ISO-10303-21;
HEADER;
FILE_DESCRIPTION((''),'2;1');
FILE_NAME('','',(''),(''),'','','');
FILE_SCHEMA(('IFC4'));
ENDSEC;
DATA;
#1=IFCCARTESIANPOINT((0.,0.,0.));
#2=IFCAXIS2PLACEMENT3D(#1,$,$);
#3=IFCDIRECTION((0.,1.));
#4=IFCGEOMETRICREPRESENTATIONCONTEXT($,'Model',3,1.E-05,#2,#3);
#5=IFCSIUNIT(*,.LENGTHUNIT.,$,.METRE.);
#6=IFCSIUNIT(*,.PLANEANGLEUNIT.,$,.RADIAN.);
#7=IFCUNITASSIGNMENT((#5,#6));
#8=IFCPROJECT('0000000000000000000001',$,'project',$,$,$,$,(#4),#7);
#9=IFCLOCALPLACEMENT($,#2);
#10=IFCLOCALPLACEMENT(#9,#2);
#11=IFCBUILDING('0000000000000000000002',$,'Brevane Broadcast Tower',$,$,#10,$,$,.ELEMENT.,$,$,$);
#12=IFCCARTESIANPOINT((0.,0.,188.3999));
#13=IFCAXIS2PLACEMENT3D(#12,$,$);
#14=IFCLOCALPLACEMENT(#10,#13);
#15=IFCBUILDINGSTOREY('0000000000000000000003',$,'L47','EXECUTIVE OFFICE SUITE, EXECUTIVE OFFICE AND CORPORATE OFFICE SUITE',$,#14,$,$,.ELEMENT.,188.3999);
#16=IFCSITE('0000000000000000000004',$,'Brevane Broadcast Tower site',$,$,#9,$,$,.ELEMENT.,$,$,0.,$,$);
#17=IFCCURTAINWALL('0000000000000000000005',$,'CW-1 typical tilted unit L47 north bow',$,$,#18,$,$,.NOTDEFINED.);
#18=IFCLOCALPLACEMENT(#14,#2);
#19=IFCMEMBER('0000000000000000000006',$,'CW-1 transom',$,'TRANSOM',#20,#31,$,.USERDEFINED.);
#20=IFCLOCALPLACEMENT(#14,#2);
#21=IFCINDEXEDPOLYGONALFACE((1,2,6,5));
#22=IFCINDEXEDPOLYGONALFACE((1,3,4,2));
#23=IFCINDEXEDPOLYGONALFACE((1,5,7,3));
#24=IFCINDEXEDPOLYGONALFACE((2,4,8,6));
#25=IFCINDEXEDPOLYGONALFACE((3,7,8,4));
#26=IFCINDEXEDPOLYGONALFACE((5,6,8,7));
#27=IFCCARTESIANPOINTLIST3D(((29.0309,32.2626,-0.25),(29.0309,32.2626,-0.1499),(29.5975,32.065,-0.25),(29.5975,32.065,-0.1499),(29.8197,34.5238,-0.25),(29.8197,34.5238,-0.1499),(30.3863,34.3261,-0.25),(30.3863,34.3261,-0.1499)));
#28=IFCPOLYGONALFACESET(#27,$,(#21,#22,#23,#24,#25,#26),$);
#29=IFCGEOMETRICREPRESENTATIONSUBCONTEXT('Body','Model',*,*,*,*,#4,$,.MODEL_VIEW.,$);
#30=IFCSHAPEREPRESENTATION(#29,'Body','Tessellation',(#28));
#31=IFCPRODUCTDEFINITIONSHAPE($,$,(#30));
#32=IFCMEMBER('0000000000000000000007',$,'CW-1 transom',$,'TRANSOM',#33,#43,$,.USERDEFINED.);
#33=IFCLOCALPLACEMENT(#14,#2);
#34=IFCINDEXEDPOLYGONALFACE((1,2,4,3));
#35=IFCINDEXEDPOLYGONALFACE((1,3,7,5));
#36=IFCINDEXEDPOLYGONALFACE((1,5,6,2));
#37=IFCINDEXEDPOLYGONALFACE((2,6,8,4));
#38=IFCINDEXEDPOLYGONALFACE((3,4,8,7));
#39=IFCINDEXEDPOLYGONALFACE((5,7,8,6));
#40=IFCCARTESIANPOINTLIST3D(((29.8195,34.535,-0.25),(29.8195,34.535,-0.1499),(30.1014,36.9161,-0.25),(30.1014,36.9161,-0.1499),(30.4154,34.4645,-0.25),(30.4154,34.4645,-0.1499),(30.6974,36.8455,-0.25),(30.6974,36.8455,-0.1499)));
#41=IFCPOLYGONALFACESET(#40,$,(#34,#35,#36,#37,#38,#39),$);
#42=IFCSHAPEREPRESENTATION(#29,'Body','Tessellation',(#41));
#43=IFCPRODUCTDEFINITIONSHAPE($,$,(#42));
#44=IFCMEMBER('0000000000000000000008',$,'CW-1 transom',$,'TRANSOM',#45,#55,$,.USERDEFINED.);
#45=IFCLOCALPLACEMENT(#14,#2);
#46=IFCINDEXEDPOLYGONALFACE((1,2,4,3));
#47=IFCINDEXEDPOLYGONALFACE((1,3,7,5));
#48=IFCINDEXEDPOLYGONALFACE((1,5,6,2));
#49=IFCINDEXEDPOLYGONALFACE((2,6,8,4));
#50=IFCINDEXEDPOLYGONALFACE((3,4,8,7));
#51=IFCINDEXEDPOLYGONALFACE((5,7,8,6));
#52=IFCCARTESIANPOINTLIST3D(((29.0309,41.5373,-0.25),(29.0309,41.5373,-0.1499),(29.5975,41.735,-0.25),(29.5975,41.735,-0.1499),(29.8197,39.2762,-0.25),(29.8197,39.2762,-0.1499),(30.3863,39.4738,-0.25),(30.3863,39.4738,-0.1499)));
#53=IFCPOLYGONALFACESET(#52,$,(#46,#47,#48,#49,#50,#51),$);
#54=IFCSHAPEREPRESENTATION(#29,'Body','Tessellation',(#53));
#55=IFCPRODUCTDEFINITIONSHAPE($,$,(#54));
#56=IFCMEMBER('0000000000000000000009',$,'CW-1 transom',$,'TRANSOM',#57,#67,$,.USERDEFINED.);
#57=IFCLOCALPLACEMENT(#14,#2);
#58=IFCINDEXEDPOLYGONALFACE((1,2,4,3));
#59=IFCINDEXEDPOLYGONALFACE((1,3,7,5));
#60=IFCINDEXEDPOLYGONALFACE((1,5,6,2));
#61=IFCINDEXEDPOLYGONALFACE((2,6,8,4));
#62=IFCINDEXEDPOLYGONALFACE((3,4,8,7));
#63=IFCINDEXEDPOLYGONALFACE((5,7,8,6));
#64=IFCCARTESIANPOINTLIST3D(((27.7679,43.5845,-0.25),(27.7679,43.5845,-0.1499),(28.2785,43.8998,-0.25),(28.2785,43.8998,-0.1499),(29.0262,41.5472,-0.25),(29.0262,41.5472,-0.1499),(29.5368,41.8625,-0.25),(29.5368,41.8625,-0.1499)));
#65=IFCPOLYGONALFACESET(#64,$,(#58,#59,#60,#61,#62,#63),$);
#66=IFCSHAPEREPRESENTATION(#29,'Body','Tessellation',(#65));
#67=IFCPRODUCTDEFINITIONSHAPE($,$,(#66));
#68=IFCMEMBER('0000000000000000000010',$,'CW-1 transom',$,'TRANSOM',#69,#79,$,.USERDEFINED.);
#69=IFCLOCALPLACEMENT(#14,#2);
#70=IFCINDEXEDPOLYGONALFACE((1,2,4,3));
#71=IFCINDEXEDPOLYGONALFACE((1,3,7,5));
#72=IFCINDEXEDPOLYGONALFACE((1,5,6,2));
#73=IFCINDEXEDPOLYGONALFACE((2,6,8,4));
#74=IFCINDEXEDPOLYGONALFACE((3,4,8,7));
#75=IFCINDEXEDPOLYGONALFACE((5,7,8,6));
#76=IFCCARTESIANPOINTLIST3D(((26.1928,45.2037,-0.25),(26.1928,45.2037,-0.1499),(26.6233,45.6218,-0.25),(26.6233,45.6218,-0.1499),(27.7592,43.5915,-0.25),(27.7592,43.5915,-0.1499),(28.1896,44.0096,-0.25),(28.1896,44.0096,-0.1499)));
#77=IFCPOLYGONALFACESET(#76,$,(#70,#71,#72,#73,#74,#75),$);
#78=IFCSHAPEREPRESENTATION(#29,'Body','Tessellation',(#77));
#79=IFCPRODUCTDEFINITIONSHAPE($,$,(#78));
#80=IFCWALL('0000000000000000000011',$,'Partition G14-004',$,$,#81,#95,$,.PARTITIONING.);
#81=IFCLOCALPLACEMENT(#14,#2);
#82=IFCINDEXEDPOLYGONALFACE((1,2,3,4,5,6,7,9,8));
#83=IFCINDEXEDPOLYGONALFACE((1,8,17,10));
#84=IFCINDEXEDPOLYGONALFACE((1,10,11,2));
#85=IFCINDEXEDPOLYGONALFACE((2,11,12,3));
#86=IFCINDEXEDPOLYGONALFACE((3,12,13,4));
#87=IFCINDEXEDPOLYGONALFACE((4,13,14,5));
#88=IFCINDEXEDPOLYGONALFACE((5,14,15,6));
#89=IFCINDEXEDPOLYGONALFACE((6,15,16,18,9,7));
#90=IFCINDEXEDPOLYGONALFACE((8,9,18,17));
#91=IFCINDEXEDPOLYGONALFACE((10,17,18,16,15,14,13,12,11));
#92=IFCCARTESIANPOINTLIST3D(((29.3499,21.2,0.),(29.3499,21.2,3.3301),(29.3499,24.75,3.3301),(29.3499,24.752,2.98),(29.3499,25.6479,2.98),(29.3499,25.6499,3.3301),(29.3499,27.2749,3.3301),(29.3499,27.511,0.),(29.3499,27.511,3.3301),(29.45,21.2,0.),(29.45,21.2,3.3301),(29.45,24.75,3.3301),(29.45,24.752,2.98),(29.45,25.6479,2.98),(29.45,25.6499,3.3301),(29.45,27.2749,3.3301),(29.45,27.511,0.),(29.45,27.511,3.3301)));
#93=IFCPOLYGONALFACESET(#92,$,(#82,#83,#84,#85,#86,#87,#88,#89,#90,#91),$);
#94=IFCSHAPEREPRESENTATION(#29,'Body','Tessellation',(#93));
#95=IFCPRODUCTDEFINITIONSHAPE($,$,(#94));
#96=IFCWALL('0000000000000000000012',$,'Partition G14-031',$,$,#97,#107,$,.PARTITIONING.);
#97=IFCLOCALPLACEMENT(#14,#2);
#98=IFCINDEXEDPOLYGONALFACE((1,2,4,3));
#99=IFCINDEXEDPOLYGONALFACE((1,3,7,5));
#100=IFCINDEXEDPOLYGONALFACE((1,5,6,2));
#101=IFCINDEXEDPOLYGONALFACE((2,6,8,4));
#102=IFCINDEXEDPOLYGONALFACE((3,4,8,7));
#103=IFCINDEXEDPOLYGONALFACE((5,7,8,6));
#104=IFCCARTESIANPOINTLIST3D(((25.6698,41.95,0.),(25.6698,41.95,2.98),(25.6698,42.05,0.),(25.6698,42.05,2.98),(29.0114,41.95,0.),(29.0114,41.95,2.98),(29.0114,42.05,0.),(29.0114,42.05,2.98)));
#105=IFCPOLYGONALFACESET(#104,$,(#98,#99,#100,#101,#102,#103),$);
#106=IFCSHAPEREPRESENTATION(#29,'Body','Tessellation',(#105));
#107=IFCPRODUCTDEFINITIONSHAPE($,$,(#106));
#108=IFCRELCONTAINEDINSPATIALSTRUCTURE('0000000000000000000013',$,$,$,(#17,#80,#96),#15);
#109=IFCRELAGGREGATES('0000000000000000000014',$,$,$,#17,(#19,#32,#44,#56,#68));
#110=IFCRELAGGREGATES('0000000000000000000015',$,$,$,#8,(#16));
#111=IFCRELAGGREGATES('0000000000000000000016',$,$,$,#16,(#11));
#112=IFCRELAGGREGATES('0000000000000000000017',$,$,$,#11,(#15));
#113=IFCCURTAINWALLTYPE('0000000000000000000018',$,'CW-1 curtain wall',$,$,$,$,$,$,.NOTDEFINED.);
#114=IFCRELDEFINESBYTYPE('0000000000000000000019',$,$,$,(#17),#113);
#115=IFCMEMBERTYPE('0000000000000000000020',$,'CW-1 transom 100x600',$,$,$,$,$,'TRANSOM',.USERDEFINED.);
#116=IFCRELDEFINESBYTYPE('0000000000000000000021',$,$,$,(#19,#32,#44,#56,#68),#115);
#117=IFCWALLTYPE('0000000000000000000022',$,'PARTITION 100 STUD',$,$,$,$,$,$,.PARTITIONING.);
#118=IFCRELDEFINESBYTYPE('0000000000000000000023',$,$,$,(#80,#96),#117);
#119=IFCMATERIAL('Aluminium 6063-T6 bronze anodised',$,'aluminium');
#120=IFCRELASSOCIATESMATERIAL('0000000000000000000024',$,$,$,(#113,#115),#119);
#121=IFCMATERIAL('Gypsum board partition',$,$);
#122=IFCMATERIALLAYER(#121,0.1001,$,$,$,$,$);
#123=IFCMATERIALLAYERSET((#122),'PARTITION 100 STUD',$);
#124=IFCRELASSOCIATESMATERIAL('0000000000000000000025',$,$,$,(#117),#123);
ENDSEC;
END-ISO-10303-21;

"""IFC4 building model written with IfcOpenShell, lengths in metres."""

from ifc_helpers import new_model, si_unit, direction, frame, frame_2d, origin, origin_2d, place, context, subcontext, project, spatial, polyline, rectangle, outline, extrude, material, layer, layer_set, material_profile, profile_set, type_object, element, aggregate, save


model = new_model("IFC4")

# Units and contexts
model_context = context("Model", 3, precision=1e-05, world=origin(), true_north=direction((0.0, 1.0)))
body_context = subcontext(model_context, "Body", "Model", "MODEL_VIEW")
ifc_project = project(units=[si_unit("LENGTHUNIT", "METRE"), si_unit("PLANEANGLEUNIT", "RADIAN")], contexts=[model_context])

# Site, building, storey
site_placement = place(None, origin())
site = spatial("IfcSite", under=ifc_project, at=site_placement, Name="Brevane Broadcast Tower site", CompositionType="ELEMENT", RefElevation=0.0)
building_placement = place(site_placement, origin())
building = spatial("IfcBuilding", under=site, at=building_placement, Name="Brevane Broadcast Tower", CompositionType="ELEMENT")
storey_placement = place(building_placement, frame((0.0, 0.0, 188.3999)))
storey = spatial("IfcBuildingStorey", under=building, at=storey_placement, Name="L47", Description="EXECUTIVE OFFICE SUITE, EXECUTIVE OFFICE AND CORPORATE OFFICE SUITE", CompositionType="ELEMENT", Elevation=188.3999)

# Curtain wall
ifc_material_1 = material(Name="Aluminium 6063-T6 bronze anodised", Category="aluminium")
curtain_wall_type = type_object("IfcCurtainWallType", Name="CW-1 curtain wall", PredefinedType="NOTDEFINED", material=ifc_material_1)
curtain_wall_1_placement = place(storey_placement, origin())
curtain_wall_1 = element("IfcCurtainWall", 1, at=curtain_wall_1_placement, inside=storey, type_object=curtain_wall_type, Name="CW-1 typical tilted unit L47 north bow", PredefinedType="NOTDEFINED")

# Members
ifc_material_profile_1 = material_profile(ifc_material_1, rectangle(XDim=0.6001, YDim=0.1001, at=origin_2d()), Name="RECT 100x600")
ifc_profile_set_1 = profile_set([ifc_material_profile_1], Name="Aluminium 6063-T6 bronze anodised")
member_type_1 = type_object("IfcMemberType", Name="CW-1 transom 100x600", ElementType="TRANSOM", PredefinedType="USERDEFINED", material=ifc_profile_set_1)
member_1_placement = place(storey_placement, frame((29.3142, 32.1638, -0.2), z_axis=(0.329378, 0.944198, 0.0), x_axis=(-0.944198, 0.329378, 0.0)))
member_1 = element("IfcMember", 2, at=member_1_placement, type_object=member_type_1, Name="CW-1 transom", ObjectType="TRANSOM", PredefinedType="USERDEFINED", context=body_context, shape_type="SweptSolid", body=[
    extrude(rectangle(XDim=0.6001, YDim=0.1001, at=origin_2d()), origin(), (0.0, 0.0, 1.0), 2.3948),
])
member_2_placement = place(storey_placement, frame((30.1174, 34.4998, -0.2), z_axis=(0.117603, 0.993061, 0.0), x_axis=(-0.993061, 0.117603, 0.0)))
member_2 = element("IfcMember", 3, at=member_2_placement, type_object=member_type_1, Name="CW-1 transom", ObjectType="TRANSOM", PredefinedType="USERDEFINED", context=body_context, shape_type="SweptSolid", body=[
    extrude(rectangle(XDim=0.6001, YDim=0.1001, at=origin_2d()), origin(), (0.0, 0.0, 1.0), 2.3977),
])
member_3_placement = place(storey_placement, frame((30.103, 39.375, -0.2), z_axis=(-0.329378, 0.944198, 0.0), x_axis=(-0.944198, -0.329378, 0.0)))
member_3 = element("IfcMember", 4, at=member_3_placement, type_object=member_type_1, Name="CW-1 transom", ObjectType="TRANSOM", PredefinedType="USERDEFINED", context=body_context, shape_type="SweptSolid", body=[
    extrude(rectangle(XDim=0.6001, YDim=0.1001, at=origin_2d()), origin(), (0.0, 0.0, 1.0), 2.3948),
])
member_4_placement = place(storey_placement, frame((29.2815, 41.7048, -0.2), z_axis=(-0.525473, 0.85081, 0.0), x_axis=(-0.85081, -0.525473, 0.0)))
member_4 = element("IfcMember", 5, at=member_4_placement, type_object=member_type_1, Name="CW-1 transom", ObjectType="TRANSOM", PredefinedType="USERDEFINED", context=body_context, shape_type="SweptSolid", body=[
    extrude(rectangle(XDim=0.6001, YDim=0.1001, at=origin_2d()), origin(), (0.0, 0.0, 1.0), 2.3945),
])
member_5_placement = place(storey_placement, frame((27.9744, 43.8005, -0.2), z_axis=(-0.696824, 0.717242, 0.0), x_axis=(-0.717242, -0.696824, 0.0)))
member_5 = element("IfcMember", 6, at=member_5_placement, type_object=member_type_1, Name="CW-1 transom", ObjectType="TRANSOM", PredefinedType="USERDEFINED", context=body_context, shape_type="SweptSolid", body=[
    extrude(rectangle(XDim=0.6001, YDim=0.1001, at=origin_2d()), origin(), (0.0, 0.0, 1.0), 2.2478),
])
aggregate(curtain_wall_1, [member_1, member_2, member_3, member_4, member_5])

# Walls
ifc_material_2 = material(Name="Gypsum board partition")
ifc_layer = layer(ifc_material_2, 0.1001)
ifc_layer_set = layer_set([ifc_layer], Name="PARTITION 100 STUD")
wall_type = type_object("IfcWallType", Name="PARTITION 100 STUD", PredefinedType="PARTITIONING", material=ifc_layer_set)
wall_1_placement = place(storey_placement, frame((29.3999, 27.511, 0.0), z_axis=(0.0, 0.0, 1.0), x_axis=(0.0, -1.0, 0.0)))
element("IfcWall", 7, at=wall_1_placement, inside=storey, type_object=wall_type, Name="Partition G14-004", PredefinedType="PARTITIONING", context=body_context, shape_type="SweptSolid", body=[
    extrude(outline(polyline([(0.0, 0.0), (6.311, 0.0), (6.311, 3.3301), (2.761, 3.3301), (2.759, 2.98), (1.863, 2.98), (1.8611, 3.3301), (0.2361, 3.3301), (0.0, 3.3301), (0.0, 0.0)])), frame((0.0, 0.05, 0.0), z_axis=(0.0, -1.0, 0.0), x_axis=(1.0, 0.0, 0.0)), (0.0, 0.0, 1.0), 0.1001),
])
wall_2_placement = place(storey_placement, frame((29.0115, 42.0, 0.0), z_axis=(0.0, 0.0, 1.0), x_axis=(-1.0, 0.0, 0.0)))
element("IfcWall", 8, at=wall_2_placement, inside=storey, type_object=wall_type, Name="Partition G14-031", PredefinedType="PARTITIONING", context=body_context, shape_type="SweptSolid", body=[
    extrude(rectangle(XDim=3.3416, YDim=0.1001, at=frame_2d((1.6709, 0.0))), origin(), (0.0, 0.0, 1.0), 2.98),
])

save(model, "model.ifc")
